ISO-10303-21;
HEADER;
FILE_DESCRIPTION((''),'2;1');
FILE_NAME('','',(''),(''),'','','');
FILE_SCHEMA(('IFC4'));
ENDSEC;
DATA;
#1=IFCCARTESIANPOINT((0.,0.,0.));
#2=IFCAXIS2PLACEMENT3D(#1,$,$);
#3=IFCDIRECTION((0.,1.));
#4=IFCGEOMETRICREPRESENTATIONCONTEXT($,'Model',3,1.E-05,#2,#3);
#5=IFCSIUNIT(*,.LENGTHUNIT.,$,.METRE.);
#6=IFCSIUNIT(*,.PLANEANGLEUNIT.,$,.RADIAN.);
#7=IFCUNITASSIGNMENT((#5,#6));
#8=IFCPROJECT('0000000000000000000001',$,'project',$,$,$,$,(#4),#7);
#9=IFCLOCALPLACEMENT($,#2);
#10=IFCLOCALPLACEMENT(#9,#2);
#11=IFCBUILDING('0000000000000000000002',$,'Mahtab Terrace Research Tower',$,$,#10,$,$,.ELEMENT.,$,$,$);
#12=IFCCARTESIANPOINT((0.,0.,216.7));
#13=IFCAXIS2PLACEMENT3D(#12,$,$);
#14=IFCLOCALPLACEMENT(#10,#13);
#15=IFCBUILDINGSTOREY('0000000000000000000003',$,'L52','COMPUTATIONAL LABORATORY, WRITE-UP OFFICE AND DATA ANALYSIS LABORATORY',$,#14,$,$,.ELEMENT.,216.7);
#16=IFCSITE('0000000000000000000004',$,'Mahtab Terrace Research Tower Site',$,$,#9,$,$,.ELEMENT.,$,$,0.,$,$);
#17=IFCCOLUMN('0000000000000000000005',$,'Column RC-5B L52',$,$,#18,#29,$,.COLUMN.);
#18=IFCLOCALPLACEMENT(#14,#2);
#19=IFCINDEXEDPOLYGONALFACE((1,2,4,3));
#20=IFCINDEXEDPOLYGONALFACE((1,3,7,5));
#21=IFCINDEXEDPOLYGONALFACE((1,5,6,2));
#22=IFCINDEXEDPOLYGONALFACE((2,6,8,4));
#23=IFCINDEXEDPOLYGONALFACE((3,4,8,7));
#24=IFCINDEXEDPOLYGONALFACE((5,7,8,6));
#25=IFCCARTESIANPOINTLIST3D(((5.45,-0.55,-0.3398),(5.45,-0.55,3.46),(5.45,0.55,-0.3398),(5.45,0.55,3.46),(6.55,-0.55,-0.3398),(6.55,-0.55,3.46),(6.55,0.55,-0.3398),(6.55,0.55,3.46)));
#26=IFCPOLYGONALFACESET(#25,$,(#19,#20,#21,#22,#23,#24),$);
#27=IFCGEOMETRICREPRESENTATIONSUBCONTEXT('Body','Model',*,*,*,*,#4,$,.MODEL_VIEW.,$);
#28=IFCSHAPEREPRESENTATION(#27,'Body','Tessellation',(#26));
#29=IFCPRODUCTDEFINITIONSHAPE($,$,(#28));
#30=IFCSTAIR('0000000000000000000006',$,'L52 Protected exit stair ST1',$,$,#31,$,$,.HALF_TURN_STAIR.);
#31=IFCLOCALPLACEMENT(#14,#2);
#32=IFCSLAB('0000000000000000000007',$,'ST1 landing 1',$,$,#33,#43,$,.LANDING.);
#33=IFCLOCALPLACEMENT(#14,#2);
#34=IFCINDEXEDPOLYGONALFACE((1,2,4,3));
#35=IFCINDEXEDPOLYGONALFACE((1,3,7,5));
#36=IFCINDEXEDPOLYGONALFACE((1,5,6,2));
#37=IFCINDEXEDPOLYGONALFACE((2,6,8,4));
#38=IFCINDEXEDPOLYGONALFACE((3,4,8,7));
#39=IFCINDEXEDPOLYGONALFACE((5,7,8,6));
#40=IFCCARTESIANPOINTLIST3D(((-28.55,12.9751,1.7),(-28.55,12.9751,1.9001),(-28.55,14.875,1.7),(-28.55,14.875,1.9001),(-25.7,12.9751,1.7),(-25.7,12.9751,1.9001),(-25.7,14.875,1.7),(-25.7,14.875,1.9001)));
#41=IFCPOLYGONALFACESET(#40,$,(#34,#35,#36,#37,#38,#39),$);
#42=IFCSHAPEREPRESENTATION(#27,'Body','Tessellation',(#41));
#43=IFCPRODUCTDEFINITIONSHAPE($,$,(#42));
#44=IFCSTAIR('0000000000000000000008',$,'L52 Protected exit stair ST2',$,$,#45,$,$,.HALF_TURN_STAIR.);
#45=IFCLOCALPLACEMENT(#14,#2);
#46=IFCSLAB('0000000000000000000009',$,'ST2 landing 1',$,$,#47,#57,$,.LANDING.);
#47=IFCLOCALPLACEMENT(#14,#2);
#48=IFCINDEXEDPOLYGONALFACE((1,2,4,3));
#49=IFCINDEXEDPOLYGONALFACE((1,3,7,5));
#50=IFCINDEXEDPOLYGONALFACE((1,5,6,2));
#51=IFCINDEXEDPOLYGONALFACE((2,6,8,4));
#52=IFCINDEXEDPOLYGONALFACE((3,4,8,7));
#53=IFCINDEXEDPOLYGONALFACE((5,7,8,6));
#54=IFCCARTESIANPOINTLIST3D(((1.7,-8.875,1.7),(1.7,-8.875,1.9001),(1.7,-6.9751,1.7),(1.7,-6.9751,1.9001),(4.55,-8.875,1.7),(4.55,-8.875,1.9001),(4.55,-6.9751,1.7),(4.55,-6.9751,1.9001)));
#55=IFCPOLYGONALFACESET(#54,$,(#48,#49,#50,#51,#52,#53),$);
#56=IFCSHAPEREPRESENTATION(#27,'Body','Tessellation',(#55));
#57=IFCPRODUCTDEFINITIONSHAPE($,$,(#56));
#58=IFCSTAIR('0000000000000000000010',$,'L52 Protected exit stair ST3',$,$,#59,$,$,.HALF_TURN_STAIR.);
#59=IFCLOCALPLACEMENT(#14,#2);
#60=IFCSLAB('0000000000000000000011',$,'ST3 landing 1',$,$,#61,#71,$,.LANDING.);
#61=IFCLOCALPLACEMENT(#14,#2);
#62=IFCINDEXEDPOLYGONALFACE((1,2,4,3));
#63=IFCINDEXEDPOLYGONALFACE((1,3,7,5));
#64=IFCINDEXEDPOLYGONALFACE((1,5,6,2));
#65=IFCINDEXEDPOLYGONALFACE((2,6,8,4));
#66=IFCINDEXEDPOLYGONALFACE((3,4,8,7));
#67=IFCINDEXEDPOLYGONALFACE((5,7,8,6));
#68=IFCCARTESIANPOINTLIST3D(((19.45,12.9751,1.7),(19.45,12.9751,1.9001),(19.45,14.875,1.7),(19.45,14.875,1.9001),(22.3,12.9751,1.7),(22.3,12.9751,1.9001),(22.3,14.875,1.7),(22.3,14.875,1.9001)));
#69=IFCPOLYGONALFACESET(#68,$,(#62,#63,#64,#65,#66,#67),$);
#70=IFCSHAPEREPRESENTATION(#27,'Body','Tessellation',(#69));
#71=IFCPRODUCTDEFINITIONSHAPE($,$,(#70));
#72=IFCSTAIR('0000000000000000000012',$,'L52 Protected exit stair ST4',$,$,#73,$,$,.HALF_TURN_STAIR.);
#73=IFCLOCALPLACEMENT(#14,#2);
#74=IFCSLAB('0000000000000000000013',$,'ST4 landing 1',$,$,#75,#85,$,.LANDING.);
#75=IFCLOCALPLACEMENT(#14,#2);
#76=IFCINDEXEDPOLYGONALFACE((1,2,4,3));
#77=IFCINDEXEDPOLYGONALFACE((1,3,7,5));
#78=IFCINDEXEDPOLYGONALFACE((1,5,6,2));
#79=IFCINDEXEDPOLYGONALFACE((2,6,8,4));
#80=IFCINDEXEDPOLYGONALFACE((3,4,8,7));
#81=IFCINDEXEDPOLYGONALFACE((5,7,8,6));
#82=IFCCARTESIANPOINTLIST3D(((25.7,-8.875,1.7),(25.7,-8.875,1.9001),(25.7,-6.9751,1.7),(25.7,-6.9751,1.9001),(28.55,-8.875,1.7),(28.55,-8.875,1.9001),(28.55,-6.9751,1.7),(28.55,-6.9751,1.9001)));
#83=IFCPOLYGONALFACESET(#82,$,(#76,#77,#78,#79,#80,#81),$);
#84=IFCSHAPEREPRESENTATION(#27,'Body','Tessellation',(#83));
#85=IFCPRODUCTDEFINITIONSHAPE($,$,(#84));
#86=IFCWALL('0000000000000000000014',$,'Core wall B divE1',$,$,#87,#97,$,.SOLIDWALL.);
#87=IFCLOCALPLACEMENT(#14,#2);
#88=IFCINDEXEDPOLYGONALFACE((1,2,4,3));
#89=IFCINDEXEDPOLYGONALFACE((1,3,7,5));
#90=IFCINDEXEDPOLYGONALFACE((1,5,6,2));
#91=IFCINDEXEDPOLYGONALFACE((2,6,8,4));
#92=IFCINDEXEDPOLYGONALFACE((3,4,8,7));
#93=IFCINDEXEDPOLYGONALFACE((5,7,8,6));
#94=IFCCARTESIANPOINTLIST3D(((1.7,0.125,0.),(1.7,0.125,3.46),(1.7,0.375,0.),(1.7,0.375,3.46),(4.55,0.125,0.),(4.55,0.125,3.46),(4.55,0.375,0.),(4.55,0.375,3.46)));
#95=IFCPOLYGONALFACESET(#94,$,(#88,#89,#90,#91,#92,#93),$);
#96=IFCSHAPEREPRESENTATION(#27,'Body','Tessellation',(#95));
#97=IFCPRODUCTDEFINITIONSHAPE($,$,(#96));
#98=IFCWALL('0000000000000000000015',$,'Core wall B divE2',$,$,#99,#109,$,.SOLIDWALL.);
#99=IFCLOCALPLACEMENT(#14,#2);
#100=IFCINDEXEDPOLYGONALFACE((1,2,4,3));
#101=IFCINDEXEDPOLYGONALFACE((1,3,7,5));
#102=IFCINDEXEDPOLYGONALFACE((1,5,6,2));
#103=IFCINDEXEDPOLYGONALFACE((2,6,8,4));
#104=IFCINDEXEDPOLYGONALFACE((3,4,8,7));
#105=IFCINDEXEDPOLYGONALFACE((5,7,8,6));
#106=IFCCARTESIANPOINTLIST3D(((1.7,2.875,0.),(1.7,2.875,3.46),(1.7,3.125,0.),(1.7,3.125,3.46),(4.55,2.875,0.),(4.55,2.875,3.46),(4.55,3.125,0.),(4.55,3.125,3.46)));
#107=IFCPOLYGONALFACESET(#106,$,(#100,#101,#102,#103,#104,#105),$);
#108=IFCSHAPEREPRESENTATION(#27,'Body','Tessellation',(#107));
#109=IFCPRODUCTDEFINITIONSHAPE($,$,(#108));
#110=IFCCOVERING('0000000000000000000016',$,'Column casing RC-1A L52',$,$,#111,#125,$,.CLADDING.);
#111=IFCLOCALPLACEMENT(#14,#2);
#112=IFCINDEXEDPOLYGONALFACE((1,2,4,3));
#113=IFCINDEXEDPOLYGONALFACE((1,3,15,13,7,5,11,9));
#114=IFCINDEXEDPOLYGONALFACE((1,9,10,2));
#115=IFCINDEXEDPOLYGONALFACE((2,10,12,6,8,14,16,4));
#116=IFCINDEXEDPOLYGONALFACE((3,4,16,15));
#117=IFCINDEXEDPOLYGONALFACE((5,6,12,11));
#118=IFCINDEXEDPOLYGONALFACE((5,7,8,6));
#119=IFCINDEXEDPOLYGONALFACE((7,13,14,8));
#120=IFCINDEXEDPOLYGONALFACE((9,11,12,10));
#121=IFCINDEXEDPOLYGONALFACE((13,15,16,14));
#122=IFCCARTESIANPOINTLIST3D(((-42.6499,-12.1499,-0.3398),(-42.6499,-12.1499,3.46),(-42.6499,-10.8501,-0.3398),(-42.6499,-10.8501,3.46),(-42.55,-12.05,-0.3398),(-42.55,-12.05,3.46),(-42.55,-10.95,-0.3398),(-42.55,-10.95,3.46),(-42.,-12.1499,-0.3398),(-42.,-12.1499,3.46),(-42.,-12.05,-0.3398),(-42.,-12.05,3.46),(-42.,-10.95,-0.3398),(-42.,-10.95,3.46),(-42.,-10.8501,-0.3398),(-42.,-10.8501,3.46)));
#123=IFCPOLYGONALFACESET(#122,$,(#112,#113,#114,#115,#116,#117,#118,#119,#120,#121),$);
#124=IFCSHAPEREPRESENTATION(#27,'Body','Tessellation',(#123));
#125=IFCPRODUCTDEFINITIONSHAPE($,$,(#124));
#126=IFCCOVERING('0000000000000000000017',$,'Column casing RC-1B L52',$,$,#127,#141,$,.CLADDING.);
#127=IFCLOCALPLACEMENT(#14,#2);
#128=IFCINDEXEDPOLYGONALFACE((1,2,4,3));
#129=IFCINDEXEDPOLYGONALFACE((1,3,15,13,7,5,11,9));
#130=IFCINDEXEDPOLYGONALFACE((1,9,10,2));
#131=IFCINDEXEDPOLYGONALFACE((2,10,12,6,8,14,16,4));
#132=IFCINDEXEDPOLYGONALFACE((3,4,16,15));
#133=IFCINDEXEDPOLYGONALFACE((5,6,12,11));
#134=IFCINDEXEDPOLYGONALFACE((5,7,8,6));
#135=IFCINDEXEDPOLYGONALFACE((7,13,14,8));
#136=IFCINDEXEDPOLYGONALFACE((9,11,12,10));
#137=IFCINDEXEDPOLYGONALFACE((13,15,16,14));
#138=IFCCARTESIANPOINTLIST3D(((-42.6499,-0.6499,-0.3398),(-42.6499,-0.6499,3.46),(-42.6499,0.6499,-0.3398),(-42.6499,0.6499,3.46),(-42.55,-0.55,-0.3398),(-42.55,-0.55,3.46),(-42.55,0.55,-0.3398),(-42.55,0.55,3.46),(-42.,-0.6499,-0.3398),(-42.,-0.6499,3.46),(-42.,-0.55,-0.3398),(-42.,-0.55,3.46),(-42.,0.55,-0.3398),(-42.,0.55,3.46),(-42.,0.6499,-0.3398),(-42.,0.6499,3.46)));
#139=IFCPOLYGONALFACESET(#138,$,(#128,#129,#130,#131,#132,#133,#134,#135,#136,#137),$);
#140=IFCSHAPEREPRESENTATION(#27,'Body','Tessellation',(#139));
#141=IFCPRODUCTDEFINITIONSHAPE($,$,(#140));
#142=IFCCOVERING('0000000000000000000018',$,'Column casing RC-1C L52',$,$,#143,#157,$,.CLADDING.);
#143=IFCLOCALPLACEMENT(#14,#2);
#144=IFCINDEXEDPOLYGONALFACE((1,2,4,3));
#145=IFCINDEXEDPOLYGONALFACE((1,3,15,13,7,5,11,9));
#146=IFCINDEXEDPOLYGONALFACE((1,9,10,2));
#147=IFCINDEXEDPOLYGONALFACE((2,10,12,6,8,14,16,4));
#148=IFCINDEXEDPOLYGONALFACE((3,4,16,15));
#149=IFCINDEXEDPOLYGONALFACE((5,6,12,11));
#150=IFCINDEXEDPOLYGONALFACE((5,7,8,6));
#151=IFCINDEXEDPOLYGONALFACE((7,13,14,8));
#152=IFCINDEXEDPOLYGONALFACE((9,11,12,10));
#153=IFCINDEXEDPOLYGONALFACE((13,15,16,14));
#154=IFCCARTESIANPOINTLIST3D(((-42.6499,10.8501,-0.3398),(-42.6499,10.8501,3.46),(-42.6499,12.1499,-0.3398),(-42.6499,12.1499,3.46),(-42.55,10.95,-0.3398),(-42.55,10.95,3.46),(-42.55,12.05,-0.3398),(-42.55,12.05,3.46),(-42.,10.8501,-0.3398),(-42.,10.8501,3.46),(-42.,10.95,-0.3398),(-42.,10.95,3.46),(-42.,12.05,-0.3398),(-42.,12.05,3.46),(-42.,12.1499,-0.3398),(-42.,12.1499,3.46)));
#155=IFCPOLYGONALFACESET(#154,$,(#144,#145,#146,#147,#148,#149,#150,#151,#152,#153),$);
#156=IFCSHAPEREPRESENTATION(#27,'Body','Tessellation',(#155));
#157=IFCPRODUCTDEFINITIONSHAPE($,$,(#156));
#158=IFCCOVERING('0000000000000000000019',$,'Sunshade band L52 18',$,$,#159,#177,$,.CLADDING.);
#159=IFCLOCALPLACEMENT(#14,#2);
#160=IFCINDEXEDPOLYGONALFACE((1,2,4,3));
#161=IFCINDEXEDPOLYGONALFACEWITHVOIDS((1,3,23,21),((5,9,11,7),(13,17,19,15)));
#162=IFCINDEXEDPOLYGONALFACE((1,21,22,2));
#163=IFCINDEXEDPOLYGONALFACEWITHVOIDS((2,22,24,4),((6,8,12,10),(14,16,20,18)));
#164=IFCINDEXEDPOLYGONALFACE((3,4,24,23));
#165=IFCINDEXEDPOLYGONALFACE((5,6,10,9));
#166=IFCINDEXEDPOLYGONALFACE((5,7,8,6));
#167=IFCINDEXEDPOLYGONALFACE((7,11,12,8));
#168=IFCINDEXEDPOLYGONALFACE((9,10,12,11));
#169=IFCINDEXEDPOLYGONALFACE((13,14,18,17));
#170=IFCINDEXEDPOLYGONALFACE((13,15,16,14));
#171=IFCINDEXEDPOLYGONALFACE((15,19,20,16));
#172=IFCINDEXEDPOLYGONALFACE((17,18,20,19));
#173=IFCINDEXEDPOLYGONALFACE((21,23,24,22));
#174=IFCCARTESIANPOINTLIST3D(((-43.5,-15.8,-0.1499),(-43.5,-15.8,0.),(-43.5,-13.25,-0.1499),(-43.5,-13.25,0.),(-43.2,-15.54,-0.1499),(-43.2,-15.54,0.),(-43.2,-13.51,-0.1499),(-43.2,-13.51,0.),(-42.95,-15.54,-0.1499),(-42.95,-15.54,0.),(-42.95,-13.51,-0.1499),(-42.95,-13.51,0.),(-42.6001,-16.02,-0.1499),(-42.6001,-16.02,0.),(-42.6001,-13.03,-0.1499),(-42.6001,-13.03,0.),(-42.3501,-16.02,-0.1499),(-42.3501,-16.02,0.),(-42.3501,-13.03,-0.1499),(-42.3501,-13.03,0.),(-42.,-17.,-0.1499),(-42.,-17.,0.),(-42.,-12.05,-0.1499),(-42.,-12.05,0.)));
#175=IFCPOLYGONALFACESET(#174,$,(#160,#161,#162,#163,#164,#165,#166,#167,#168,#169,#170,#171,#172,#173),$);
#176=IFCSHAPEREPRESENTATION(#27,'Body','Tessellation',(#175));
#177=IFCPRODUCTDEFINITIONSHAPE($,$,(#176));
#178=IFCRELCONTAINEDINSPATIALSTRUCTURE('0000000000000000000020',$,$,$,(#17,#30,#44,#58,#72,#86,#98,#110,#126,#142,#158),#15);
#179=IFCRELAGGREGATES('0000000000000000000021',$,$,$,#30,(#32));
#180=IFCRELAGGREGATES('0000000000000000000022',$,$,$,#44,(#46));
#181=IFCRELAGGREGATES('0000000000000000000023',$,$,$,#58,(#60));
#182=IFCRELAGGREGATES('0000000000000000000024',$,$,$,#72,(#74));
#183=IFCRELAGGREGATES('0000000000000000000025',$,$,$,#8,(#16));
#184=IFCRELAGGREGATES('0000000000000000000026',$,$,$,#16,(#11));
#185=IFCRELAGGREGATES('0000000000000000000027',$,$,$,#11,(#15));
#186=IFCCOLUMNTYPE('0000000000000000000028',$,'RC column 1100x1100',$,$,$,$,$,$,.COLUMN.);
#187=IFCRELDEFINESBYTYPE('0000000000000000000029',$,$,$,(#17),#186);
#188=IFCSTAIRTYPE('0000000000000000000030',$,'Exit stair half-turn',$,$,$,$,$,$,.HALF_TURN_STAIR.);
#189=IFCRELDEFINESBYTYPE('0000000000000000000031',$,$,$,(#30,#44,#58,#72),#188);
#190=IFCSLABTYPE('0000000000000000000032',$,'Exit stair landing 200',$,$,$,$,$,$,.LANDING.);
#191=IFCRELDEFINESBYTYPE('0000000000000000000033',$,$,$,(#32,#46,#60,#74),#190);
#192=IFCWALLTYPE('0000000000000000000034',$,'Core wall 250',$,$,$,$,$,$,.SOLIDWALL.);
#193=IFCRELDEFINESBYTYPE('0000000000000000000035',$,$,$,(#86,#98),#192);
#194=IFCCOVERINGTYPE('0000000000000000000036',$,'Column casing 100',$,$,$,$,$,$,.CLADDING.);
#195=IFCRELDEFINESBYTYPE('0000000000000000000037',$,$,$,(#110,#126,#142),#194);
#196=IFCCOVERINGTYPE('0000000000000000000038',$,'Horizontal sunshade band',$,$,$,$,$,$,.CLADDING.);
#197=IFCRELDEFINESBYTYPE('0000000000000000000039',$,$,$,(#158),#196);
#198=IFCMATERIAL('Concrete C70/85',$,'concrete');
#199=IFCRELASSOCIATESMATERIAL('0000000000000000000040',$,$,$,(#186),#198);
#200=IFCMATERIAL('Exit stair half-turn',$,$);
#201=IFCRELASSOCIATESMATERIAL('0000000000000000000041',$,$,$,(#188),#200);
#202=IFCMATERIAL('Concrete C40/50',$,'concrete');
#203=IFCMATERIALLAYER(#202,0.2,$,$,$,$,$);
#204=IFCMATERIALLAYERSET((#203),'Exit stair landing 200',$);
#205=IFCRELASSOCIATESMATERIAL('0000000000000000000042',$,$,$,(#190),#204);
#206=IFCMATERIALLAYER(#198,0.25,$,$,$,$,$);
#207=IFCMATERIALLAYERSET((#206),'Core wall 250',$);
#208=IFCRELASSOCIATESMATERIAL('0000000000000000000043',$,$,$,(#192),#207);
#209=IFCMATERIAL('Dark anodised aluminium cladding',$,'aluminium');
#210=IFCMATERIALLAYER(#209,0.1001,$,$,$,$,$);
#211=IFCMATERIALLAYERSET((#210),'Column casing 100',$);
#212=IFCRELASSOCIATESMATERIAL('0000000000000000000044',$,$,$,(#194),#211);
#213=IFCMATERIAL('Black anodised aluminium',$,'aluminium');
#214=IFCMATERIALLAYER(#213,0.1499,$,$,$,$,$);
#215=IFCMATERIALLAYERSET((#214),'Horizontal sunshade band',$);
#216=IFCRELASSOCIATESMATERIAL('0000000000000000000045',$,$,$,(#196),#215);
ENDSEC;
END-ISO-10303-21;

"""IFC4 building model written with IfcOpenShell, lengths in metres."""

from ifc_helpers import new_model, si_unit, direction, frame, frame_2d, origin, origin_2d, place, context, subcontext, project, spatial, polyline, rectangle, outline, extrude, material, layer, layer_set, material_profile, profile_set, type_object, element, aggregate, save


model = new_model("IFC4")

# Units and contexts
model_context = context("Model", 3, precision=1e-05, world=origin(), true_north=direction((0.0, 1.0)))
body_context = subcontext(model_context, "Body", "Model", "MODEL_VIEW")
ifc_project = project(units=[si_unit("LENGTHUNIT", "METRE"), si_unit("PLANEANGLEUNIT", "RADIAN")], contexts=[model_context])

# Site, building, storey
site_placement = place(None, origin())
site = spatial("IfcSite", under=ifc_project, at=site_placement, Name="Mahtab Terrace Research Tower Site", CompositionType="ELEMENT", RefElevation=0.0)
building_placement = place(site_placement, origin())
building = spatial("IfcBuilding", under=site, at=building_placement, Name="Mahtab Terrace Research Tower", CompositionType="ELEMENT")
storey_placement = place(building_placement, frame((0.0, 0.0, 216.7)))
storey = spatial("IfcBuildingStorey", under=building, at=storey_placement, Name="L52", Description="COMPUTATIONAL LABORATORY, WRITE-UP OFFICE AND DATA ANALYSIS LABORATORY", CompositionType="ELEMENT", Elevation=216.7)

# Column
ifc_material_1 = material(Name="Concrete C70/85", Category="concrete")
ifc_material_profile = material_profile(ifc_material_1, rectangle(XDim=1.1001, YDim=1.1001, at=origin_2d()), Name="RC column 1100x1100")
ifc_profile_set = profile_set([ifc_material_profile], Name="Concrete C70/85")
column_type = type_object("IfcColumnType", Name="RC column 1100x1100", PredefinedType="COLUMN", material=ifc_profile_set)
column_placement = place(storey_placement, frame((6.0, 0.0, -0.3398), z_axis=(0.0, 0.0, 1.0), x_axis=(1.0, 0.0, 0.0)))
element("IfcColumn", 1, at=column_placement, inside=storey, type_object=column_type, Name="Column RC-5B L52", PredefinedType="COLUMN", context=body_context, shape_type="SweptSolid", body=[
    extrude(rectangle(XDim=1.1001, YDim=1.1001, at=origin_2d()), origin(), (0.0, 0.0, 1.0), 3.7998),
])

# Stairs, slabs
ifc_material_2 = material(Name="Exit stair half-turn")
stair_type = type_object("IfcStairType", Name="Exit stair half-turn", PredefinedType="HALF_TURN_STAIR", material=ifc_material_2)
stair_1_placement = place(storey_placement, origin())
stair_1 = element("IfcStair", 2, at=stair_1_placement, inside=storey, type_object=stair_type, Name="L52 Protected exit stair ST1", PredefinedType="HALF_TURN_STAIR")
ifc_material_3 = material(Name="Concrete C40/50", Category="concrete")
ifc_layer_1 = layer(ifc_material_3, 0.2)
ifc_layer_set_1 = layer_set([ifc_layer_1], Name="Exit stair landing 200")
slab_type = type_object("IfcSlabType", Name="Exit stair landing 200", PredefinedType="LANDING", material=ifc_layer_set_1)
slab_1_placement = place(storey_placement, frame((0.0, 0.0, 1.7)))
slab_1 = element("IfcSlab", 3, at=slab_1_placement, type_object=slab_type, Name="ST1 landing 1", PredefinedType="LANDING", context=body_context, shape_type="SweptSolid", body=[
    extrude(outline(polyline([(-25.7, 12.9751), (-25.7, 14.875), (-28.55, 14.875), (-28.55, 12.9751), (-25.7, 12.9751)])), origin(), (0.0, 0.0, 1.0), 0.2002),
])
aggregate(stair_1, [slab_1])
stair_2_placement = place(storey_placement, origin())
stair_2 = element("IfcStair", 4, at=stair_2_placement, inside=storey, type_object=stair_type, Name="L52 Protected exit stair ST2", PredefinedType="HALF_TURN_STAIR")
slab_2_placement = place(storey_placement, frame((0.0, 0.0, 1.7)))
slab_2 = element("IfcSlab", 5, at=slab_2_placement, type_object=slab_type, Name="ST2 landing 1", PredefinedType="LANDING", context=body_context, shape_type="SweptSolid", body=[
    extrude(outline(polyline([(1.7, -6.9751), (1.7, -8.875), (4.55, -8.875), (4.55, -6.9751), (1.7, -6.9751)])), origin(), (0.0, 0.0, 1.0), 0.2002),
])
aggregate(stair_2, [slab_2])
stair_3_placement = place(storey_placement, origin())
stair_3 = element("IfcStair", 6, at=stair_3_placement, inside=storey, type_object=stair_type, Name="L52 Protected exit stair ST3", PredefinedType="HALF_TURN_STAIR")
slab_3_placement = place(storey_placement, frame((0.0, 0.0, 1.7)))
slab_3 = element("IfcSlab", 7, at=slab_3_placement, type_object=slab_type, Name="ST3 landing 1", PredefinedType="LANDING", context=body_context, shape_type="SweptSolid", body=[
    extrude(outline(polyline([(22.3, 12.9751), (22.3, 14.875), (19.45, 14.875), (19.45, 12.9751), (22.3, 12.9751)])), origin(), (0.0, 0.0, 1.0), 0.2002),
])
aggregate(stair_3, [slab_3])
stair_4_placement = place(storey_placement, origin())
stair_4 = element("IfcStair", 8, at=stair_4_placement, inside=storey, type_object=stair_type, Name="L52 Protected exit stair ST4", PredefinedType="HALF_TURN_STAIR")
slab_4_placement = place(storey_placement, frame((0.0, 0.0, 1.7)))
slab_4 = element("IfcSlab", 9, at=slab_4_placement, type_object=slab_type, Name="ST4 landing 1", PredefinedType="LANDING", context=body_context, shape_type="SweptSolid", body=[
    extrude(outline(polyline([(25.7, -6.9751), (25.7, -8.875), (28.55, -8.875), (28.55, -6.9751), (25.7, -6.9751)])), origin(), (0.0, 0.0, 1.0), 0.2002),
])
aggregate(stair_4, [slab_4])

# Walls
ifc_layer_2 = layer(ifc_material_1, 0.25)
ifc_layer_set_2 = layer_set([ifc_layer_2], Name="Core wall 250")
wall_type = type_object("IfcWallType", Name="Core wall 250", PredefinedType="SOLIDWALL", material=ifc_layer_set_2)
for number, where, z_axis, x_axis, name in (
    (10, (1.7, 0.25, 0.0), (0.0, 0.0, 1.0), (1.0, 0.0, 0.0), "Core wall B divE1"),
    (11, (1.7, 3.0, 0.0), (0.0, 0.0, 1.0), (1.0, 0.0, 0.0), "Core wall B divE2"),
):
    element("IfcWall", number, at=place(storey_placement, frame(where, z_axis=z_axis, x_axis=x_axis)), inside=storey, type_object=wall_type, Name=name, PredefinedType="SOLIDWALL", context=body_context, shape_type="SweptSolid", body=[
        extrude(rectangle(XDim=2.8501, YDim=0.25, at=frame_2d((1.425, 0.0))), origin(), (0.0, 0.0, 1.0), 3.46),
    ])

# Coverings
ifc_material_4 = material(Name="Dark anodised aluminium cladding", Category="aluminium")
ifc_layer_3 = layer(ifc_material_4, 0.1001)
ifc_layer_set_3 = layer_set([ifc_layer_3], Name="Column casing 100")
covering_type_1 = type_object("IfcCoveringType", Name="Column casing 100", PredefinedType="CLADDING", material=ifc_layer_set_3)
covering_1_placement = place(storey_placement, frame((0.0, 0.0, -0.3398)))
element("IfcCovering", 12, at=covering_1_placement, inside=storey, type_object=covering_type_1, Name="Column casing RC-1A L52", PredefinedType="CLADDING", context=body_context, shape_type="SweptSolid", body=[
    extrude(outline(polyline([(-42.6499, -10.8501), (-42.0, -10.8501), (-42.0, -10.95), (-42.55, -10.95), (-42.55, -12.05), (-42.0, -12.05), (-42.0, -12.1499), (-42.6499, -12.1499), (-42.6499, -10.8501)])), origin(), (0.0, 0.0, 1.0), 3.7998),
])
covering_2_placement = place(storey_placement, frame((0.0, 0.0, -0.3398)))
element("IfcCovering", 13, at=covering_2_placement, inside=storey, type_object=covering_type_1, Name="Column casing RC-1B L52", PredefinedType="CLADDING", context=body_context, shape_type="SweptSolid", body=[
    extrude(outline(polyline([(-42.6499, 0.6499), (-42.0, 0.6499), (-42.0, 0.55), (-42.55, 0.55), (-42.55, -0.55), (-42.0, -0.55), (-42.0, -0.6499), (-42.6499, -0.6499), (-42.6499, 0.6499)])), origin(), (0.0, 0.0, 1.0), 3.7998),
])
covering_3_placement = place(storey_placement, frame((0.0, 0.0, -0.3398)))
element("IfcCovering", 14, at=covering_3_placement, inside=storey, type_object=covering_type_1, Name="Column casing RC-1C L52", PredefinedType="CLADDING", context=body_context, shape_type="SweptSolid", body=[
    extrude(outline(polyline([(-42.6499, 12.1499), (-42.0, 12.1499), (-42.0, 12.05), (-42.55, 12.05), (-42.55, 10.95), (-42.0, 10.95), (-42.0, 10.8501), (-42.6499, 10.8501), (-42.6499, 12.1499)])), origin(), (0.0, 0.0, 1.0), 3.7998),
])
ifc_material_5 = material(Name="Black anodised aluminium", Category="aluminium")
ifc_layer_4 = layer(ifc_material_5, 0.1499)
ifc_layer_set_4 = layer_set([ifc_layer_4], Name="Horizontal sunshade band")
covering_type_2 = type_object("IfcCoveringType", Name="Horizontal sunshade band", PredefinedType="CLADDING", material=ifc_layer_set_4)
covering_4_placement = place(storey_placement, frame((0.0, 0.0, -0.1499)))
element("IfcCovering", 15, at=covering_4_placement, inside=storey, type_object=covering_type_2, Name="Sunshade band L52 18", PredefinedType="CLADDING", context=body_context, shape_type="SweptSolid", body=[
    extrude(outline(polyline([(-42.0, -12.05), (-42.0, -17.0), (-43.5, -15.8), (-43.5, -13.25), (-42.0, -12.05)]), holes=[polyline([(-42.3501, -13.03), (-42.3501, -16.02), (-42.6001, -16.02), (-42.6001, -13.03), (-42.3501, -13.03)]), polyline([(-42.95, -13.51), (-42.95, -15.54), (-43.2, -15.54), (-43.2, -13.51), (-42.95, -13.51)])]), origin(), (0.0, 0.0, 1.0), 0.1499),
])

save(model, "model.ifc")
